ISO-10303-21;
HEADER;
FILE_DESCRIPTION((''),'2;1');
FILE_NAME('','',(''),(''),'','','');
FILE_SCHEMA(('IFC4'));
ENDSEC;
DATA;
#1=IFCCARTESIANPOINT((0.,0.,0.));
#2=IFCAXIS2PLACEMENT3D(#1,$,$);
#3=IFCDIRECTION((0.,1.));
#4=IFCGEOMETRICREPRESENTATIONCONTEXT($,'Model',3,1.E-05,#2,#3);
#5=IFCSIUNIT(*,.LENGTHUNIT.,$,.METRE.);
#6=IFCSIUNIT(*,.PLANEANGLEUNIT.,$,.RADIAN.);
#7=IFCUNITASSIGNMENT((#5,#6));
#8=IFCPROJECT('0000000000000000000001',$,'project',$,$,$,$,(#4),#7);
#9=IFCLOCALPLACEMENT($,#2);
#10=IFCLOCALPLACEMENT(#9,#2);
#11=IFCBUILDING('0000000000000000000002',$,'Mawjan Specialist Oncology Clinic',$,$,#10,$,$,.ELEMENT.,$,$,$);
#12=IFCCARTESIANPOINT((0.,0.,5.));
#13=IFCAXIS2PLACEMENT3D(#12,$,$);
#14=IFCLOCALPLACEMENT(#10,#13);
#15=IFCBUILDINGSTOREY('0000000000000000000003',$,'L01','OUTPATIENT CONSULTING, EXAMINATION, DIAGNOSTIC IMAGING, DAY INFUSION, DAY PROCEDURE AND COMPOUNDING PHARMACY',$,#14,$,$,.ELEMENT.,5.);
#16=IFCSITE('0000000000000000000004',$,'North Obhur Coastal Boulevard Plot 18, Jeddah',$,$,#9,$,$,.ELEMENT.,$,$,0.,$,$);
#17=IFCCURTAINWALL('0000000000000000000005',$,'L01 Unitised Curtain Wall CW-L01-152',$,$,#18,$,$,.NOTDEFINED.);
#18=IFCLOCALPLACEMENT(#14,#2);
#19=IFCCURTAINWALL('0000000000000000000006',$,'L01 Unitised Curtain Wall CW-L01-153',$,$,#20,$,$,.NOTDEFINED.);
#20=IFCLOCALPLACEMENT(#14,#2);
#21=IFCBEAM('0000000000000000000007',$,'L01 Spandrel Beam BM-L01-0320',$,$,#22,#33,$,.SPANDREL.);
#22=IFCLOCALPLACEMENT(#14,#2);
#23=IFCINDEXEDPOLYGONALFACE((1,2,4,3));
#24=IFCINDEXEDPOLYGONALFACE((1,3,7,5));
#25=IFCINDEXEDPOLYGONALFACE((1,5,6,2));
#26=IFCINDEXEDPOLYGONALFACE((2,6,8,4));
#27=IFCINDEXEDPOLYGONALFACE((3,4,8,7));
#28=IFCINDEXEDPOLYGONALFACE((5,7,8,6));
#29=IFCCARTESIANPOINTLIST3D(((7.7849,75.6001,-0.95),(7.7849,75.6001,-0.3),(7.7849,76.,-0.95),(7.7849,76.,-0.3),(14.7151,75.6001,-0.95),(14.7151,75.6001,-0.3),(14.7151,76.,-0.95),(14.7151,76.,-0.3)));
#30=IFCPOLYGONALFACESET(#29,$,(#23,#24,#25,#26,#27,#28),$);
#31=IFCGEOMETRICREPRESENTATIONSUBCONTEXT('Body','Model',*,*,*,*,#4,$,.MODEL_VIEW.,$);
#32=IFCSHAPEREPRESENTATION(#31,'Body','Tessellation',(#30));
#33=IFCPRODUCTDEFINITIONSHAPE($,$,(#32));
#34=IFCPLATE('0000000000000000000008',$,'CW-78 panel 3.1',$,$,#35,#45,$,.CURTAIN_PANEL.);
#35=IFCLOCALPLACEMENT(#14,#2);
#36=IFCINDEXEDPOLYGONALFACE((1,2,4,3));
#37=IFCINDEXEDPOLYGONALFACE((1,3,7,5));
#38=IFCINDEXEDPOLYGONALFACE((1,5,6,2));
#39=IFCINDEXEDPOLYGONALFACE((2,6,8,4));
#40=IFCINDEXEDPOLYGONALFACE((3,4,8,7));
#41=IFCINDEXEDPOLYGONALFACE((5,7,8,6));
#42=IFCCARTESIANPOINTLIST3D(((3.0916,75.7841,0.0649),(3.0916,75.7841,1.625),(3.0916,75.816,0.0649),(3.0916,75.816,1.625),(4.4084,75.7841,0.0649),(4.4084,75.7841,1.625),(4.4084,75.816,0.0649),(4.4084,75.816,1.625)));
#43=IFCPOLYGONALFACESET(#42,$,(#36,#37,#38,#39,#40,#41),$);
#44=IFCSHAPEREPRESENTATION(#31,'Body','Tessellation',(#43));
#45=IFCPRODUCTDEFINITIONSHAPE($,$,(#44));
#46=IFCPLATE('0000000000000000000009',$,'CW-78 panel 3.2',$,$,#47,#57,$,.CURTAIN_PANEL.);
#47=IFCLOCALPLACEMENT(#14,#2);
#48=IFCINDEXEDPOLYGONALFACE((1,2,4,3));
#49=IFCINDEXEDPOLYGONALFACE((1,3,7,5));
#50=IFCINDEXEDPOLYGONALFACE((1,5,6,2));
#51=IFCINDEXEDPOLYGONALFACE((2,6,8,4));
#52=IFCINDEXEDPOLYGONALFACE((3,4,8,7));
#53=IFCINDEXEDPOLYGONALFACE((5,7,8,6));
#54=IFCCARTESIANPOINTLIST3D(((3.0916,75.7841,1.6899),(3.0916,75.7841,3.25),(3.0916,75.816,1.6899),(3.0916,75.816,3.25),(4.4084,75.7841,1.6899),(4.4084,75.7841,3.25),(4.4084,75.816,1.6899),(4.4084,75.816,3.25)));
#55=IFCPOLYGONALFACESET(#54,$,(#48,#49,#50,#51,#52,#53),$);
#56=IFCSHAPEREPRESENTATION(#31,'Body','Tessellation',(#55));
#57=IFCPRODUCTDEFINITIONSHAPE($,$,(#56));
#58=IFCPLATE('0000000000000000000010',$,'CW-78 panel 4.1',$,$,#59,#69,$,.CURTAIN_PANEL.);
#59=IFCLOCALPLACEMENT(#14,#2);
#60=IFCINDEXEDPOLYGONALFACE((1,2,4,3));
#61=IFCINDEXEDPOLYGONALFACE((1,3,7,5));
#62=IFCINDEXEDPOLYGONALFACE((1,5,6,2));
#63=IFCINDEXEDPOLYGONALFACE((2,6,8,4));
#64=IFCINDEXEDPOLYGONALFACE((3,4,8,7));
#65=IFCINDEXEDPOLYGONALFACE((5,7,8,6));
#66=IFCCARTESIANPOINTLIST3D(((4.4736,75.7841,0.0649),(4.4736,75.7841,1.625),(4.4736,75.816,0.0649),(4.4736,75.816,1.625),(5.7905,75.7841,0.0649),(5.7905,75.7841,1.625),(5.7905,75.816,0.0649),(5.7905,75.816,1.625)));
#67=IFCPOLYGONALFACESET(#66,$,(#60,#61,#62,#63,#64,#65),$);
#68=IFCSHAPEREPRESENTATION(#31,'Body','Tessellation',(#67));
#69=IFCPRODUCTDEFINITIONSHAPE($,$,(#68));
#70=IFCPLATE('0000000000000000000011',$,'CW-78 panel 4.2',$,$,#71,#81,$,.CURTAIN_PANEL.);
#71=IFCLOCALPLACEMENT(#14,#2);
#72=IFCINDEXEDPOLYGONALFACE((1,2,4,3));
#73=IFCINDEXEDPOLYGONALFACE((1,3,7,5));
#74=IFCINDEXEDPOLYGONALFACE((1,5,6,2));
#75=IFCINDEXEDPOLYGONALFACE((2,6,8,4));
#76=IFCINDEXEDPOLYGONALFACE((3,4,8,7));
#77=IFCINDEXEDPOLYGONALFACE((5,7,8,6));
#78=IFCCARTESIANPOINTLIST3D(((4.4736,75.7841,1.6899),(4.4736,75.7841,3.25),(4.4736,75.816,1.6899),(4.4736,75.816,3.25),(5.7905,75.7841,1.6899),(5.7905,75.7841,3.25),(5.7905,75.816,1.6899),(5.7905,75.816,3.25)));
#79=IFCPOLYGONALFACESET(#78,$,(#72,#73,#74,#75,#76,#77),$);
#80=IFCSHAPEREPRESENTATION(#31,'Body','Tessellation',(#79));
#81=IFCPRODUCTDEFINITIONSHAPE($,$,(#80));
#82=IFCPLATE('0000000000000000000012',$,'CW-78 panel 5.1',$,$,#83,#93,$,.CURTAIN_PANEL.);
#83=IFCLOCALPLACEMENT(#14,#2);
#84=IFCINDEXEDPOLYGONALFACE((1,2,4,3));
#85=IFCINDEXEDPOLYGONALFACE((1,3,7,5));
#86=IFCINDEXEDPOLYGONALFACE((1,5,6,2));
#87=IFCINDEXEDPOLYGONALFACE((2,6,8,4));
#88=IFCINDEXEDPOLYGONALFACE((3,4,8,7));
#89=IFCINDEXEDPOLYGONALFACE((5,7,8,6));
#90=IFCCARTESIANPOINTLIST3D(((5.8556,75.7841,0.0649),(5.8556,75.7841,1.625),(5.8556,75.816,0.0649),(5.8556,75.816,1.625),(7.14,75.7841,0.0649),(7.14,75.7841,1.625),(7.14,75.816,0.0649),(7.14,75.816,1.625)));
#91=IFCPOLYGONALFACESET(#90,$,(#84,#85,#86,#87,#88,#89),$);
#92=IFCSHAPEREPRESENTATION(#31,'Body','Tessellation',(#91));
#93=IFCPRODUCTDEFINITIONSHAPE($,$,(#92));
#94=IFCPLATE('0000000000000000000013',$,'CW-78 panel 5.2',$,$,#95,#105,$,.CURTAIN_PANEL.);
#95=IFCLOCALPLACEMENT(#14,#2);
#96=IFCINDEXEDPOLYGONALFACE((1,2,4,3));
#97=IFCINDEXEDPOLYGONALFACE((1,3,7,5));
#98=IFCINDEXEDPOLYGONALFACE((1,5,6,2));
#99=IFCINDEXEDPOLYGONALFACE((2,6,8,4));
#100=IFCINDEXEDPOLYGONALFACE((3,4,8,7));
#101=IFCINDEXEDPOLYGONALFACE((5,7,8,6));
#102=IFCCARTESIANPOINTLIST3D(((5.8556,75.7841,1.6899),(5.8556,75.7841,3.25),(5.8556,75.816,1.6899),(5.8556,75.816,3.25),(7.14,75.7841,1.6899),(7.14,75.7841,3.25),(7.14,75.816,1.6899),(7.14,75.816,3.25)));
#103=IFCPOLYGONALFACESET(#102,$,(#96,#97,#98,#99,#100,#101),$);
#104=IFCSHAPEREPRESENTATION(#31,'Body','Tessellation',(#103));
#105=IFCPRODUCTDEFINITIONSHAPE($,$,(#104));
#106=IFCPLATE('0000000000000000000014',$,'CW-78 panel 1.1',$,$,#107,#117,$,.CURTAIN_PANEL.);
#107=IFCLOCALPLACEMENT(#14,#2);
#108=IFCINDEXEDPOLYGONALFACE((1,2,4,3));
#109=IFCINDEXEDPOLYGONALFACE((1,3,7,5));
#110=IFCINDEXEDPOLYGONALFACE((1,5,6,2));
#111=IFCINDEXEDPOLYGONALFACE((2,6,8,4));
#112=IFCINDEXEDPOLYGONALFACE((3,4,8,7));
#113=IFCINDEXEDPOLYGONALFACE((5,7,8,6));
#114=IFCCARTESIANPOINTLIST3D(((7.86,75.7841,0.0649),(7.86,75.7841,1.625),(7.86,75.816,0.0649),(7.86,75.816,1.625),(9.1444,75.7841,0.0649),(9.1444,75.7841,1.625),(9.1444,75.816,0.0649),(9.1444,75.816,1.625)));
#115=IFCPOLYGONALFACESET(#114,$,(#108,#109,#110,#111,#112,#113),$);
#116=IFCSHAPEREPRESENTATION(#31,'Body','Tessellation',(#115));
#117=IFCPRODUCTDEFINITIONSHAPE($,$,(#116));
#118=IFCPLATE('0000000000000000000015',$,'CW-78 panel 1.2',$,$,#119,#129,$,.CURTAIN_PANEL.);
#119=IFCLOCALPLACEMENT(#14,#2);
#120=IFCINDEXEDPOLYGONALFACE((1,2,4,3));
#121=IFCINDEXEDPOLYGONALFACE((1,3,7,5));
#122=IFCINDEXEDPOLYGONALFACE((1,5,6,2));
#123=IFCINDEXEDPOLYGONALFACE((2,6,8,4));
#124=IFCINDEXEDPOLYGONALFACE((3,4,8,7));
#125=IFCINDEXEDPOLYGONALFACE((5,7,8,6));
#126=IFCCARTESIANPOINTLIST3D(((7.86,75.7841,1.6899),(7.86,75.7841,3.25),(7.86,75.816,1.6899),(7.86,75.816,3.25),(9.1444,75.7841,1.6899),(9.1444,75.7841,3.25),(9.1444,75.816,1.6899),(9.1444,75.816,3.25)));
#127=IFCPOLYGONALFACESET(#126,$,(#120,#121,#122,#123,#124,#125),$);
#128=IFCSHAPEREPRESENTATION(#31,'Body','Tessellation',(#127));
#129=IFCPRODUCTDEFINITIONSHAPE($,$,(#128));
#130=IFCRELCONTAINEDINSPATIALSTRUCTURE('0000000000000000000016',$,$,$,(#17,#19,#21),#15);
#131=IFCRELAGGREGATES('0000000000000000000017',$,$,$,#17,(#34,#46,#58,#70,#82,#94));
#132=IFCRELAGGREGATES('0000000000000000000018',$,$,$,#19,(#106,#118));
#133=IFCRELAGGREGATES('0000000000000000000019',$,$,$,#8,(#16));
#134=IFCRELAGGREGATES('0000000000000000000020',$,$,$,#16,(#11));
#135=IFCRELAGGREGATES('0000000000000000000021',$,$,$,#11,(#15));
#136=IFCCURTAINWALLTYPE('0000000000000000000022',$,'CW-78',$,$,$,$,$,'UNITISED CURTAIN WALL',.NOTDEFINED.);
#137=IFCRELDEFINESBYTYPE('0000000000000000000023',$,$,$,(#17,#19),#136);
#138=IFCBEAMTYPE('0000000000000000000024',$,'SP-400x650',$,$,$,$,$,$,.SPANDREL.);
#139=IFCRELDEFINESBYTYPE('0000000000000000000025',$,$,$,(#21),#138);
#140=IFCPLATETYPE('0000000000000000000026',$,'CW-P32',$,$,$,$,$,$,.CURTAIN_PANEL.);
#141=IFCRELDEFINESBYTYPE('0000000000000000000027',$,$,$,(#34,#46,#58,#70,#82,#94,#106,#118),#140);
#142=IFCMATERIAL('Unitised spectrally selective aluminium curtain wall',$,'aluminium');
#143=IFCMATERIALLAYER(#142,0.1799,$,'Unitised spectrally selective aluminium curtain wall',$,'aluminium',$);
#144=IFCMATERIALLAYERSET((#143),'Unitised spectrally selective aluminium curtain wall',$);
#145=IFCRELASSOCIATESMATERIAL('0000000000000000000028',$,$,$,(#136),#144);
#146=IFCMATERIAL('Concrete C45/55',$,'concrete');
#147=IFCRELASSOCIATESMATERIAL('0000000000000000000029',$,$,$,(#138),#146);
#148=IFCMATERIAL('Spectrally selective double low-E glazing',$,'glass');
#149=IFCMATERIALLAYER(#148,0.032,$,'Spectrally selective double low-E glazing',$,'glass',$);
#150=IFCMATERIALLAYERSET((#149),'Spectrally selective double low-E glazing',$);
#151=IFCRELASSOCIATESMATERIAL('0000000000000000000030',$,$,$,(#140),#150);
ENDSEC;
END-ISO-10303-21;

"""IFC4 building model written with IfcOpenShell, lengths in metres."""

from ifc_helpers import new_model, si_unit, direction, frame, origin, origin_2d, place, context, subcontext, project, spatial, rectangle, extrude, material, layer, layer_set, material_profile, profile_set, type_object, element, aggregate, save


model = new_model("IFC4")

# Units and contexts
model_context = context("Model", 3, precision=1e-05, world=origin(), true_north=direction((0.0, 1.0)))
body_context = subcontext(model_context, "Body", "Model", "MODEL_VIEW")
ifc_project = project(units=[si_unit("LENGTHUNIT", "METRE"), si_unit("PLANEANGLEUNIT", "RADIAN")], contexts=[model_context])

# Site, building, storey
site_placement = place(None, origin())
site = spatial("IfcSite", under=ifc_project, at=site_placement, Name="North Obhur Coastal Boulevard Plot 18, Jeddah", CompositionType="ELEMENT", RefElevation=0.0)
building_placement = place(site_placement, origin())
building = spatial("IfcBuilding", under=site, at=building_placement, Name="Mawjan Specialist Oncology Clinic", CompositionType="ELEMENT")
storey_placement = place(building_placement, frame((0.0, 0.0, 5.0)))
storey = spatial("IfcBuildingStorey", under=building, at=storey_placement, Name="L01", Description="OUTPATIENT CONSULTING, EXAMINATION, DIAGNOSTIC IMAGING, DAY INFUSION, DAY PROCEDURE AND COMPOUNDING PHARMACY", CompositionType="ELEMENT", Elevation=5.0)

# Curtain walls
ifc_material_1 = material(Name="Unitised spectrally selective aluminium curtain wall", Category="aluminium")
ifc_layer_1 = layer(ifc_material_1, 0.1799, Name="Unitised spectrally selective aluminium curtain wall", Category="aluminium")
ifc_layer_set_1 = layer_set([ifc_layer_1], Name="Unitised spectrally selective aluminium curtain wall")
curtain_wall_type = type_object("IfcCurtainWallType", Name="CW-78", ElementType="UNITISED CURTAIN WALL", PredefinedType="NOTDEFINED", material=ifc_layer_set_1)
curtain_wall_1_placement = place(storey_placement, origin())
curtain_wall_1 = element("IfcCurtainWall", 1, at=curtain_wall_1_placement, inside=storey, type_object=curtain_wall_type, Name="L01 Unitised Curtain Wall CW-L01-152", PredefinedType="NOTDEFINED")
curtain_wall_2_placement = place(storey_placement, origin())
curtain_wall_2 = element("IfcCurtainWall", 2, at=curtain_wall_2_placement, inside=storey, type_object=curtain_wall_type, Name="L01 Unitised Curtain Wall CW-L01-153", PredefinedType="NOTDEFINED")

# Beam
ifc_material_2 = material(Name="Concrete C45/55", Category="concrete")
ifc_material_profile_1 = material_profile(ifc_material_2, rectangle(XDim=0.3999, YDim=0.6499, at=origin_2d()), Name="RC BM 400x650", Category="concrete")
ifc_profile_set_1 = profile_set([ifc_material_profile_1], Name="Concrete C45/55")
beam_type = type_object("IfcBeamType", Name="SP-400x650", PredefinedType="SPANDREL", material=ifc_profile_set_1)
beam_placement = place(storey_placement, frame((7.7849, 75.8, -0.625), z_axis=(1.0, 0.0, 0.0), x_axis=(0.0, 1.0, 0.0)))
element("IfcBeam", 3, at=beam_placement, inside=storey, type_object=beam_type, Name="L01 Spandrel Beam BM-L01-0320", PredefinedType="SPANDREL", context=body_context, shape_type="SweptSolid", body=[
    extrude(rectangle(XDim=0.3999, YDim=0.6499, at=origin_2d()), origin(), (0.0, 0.0, 1.0), 6.9302),
])

# Plates
ifc_material_3 = material(Name="Spectrally selective double low-E glazing", Category="glass")
ifc_layer_2 = layer(ifc_material_3, 0.032, Name="Spectrally selective double low-E glazing", Category="glass")
ifc_layer_set_2 = layer_set([ifc_layer_2], Name="Spectrally selective double low-E glazing")
plate_type = type_object("IfcPlateType", Name="CW-P32", PredefinedType="CURTAIN_PANEL", material=ifc_layer_set_2)
plate_1_placement = place(storey_placement, frame((3.75, 75.8, 0.0649), z_axis=(0.0, 0.0, 1.0), x_axis=(1.0, 0.0, 0.0)))
plate_1 = element("IfcPlate", 4, at=plate_1_placement, type_object=plate_type, Name="CW-78 panel 3.1", PredefinedType="CURTAIN_PANEL", context=body_context, shape_type="SweptSolid", body=[
    extrude(rectangle(XDim=1.3169, YDim=0.032, at=origin_2d()), origin(), (0.0, 0.0, 1.0), 1.5601),
])
plate_2_placement = place(storey_placement, frame((3.75, 75.8, 1.6899), z_axis=(0.0, 0.0, 1.0), x_axis=(1.0, 0.0, 0.0)))
plate_2 = element("IfcPlate", 5, at=plate_2_placement, type_object=plate_type, Name="CW-78 panel 3.2", PredefinedType="CURTAIN_PANEL", context=body_context, shape_type="SweptSolid", body=[
    extrude(rectangle(XDim=1.3169, YDim=0.032, at=origin_2d()), origin(), (0.0, 0.0, 1.0), 1.5601),
])
plate_3_placement = place(storey_placement, frame((5.1321, 75.8, 0.0649), z_axis=(0.0, 0.0, 1.0), x_axis=(1.0, 0.0, 0.0)))
plate_3 = element("IfcPlate", 6, at=plate_3_placement, type_object=plate_type, Name="CW-78 panel 4.1", PredefinedType="CURTAIN_PANEL", context=body_context, shape_type="SweptSolid", body=[
    extrude(rectangle(XDim=1.3169, YDim=0.032, at=origin_2d()), origin(), (0.0, 0.0, 1.0), 1.5601),
])
plate_4_placement = place(storey_placement, frame((5.1321, 75.8, 1.6899), z_axis=(0.0, 0.0, 1.0), x_axis=(1.0, 0.0, 0.0)))
plate_4 = element("IfcPlate", 7, at=plate_4_placement, type_object=plate_type, Name="CW-78 panel 4.2", PredefinedType="CURTAIN_PANEL", context=body_context, shape_type="SweptSolid", body=[
    extrude(rectangle(XDim=1.3169, YDim=0.032, at=origin_2d()), origin(), (0.0, 0.0, 1.0), 1.5601),
])
plate_5_placement = place(storey_placement, frame((6.4978, 75.8, 0.0649), z_axis=(0.0, 0.0, 1.0), x_axis=(1.0, 0.0, 0.0)))
plate_5 = element("IfcPlate", 8, at=plate_5_placement, type_object=plate_type, Name="CW-78 panel 5.1", PredefinedType="CURTAIN_PANEL", context=body_context, shape_type="SweptSolid", body=[
    extrude(rectangle(XDim=1.2844, YDim=0.032, at=origin_2d()), origin(), (0.0, 0.0, 1.0), 1.5601),
])
plate_6_placement = place(storey_placement, frame((6.4978, 75.8, 1.6899), z_axis=(0.0, 0.0, 1.0), x_axis=(1.0, 0.0, 0.0)))
plate_6 = element("IfcPlate", 9, at=plate_6_placement, type_object=plate_type, Name="CW-78 panel 5.2", PredefinedType="CURTAIN_PANEL", context=body_context, shape_type="SweptSolid", body=[
    extrude(rectangle(XDim=1.2844, YDim=0.032, at=origin_2d()), origin(), (0.0, 0.0, 1.0), 1.5601),
])
aggregate(curtain_wall_1, [plate_1, plate_2, plate_3, plate_4, plate_5, plate_6])
plate_7_placement = place(storey_placement, frame((8.5022, 75.8, 0.0649), z_axis=(0.0, 0.0, 1.0), x_axis=(1.0, 0.0, 0.0)))
plate_7 = element("IfcPlate", 10, at=plate_7_placement, type_object=plate_type, Name="CW-78 panel 1.1", PredefinedType="CURTAIN_PANEL", context=body_context, shape_type="SweptSolid", body=[
    extrude(rectangle(XDim=1.2844, YDim=0.032, at=origin_2d()), origin(), (0.0, 0.0, 1.0), 1.5601),
])
plate_8_placement = place(storey_placement, frame((8.5022, 75.8, 1.6899), z_axis=(0.0, 0.0, 1.0), x_axis=(1.0, 0.0, 0.0)))
plate_8 = element("IfcPlate", 11, at=plate_8_placement, type_object=plate_type, Name="CW-78 panel 1.2", PredefinedType="CURTAIN_PANEL", context=body_context, shape_type="SweptSolid", body=[
    extrude(rectangle(XDim=1.2844, YDim=0.032, at=origin_2d()), origin(), (0.0, 0.0, 1.0), 1.5601),
])
aggregate(curtain_wall_2, [plate_7, plate_8])

save(model, "model.ifc")
